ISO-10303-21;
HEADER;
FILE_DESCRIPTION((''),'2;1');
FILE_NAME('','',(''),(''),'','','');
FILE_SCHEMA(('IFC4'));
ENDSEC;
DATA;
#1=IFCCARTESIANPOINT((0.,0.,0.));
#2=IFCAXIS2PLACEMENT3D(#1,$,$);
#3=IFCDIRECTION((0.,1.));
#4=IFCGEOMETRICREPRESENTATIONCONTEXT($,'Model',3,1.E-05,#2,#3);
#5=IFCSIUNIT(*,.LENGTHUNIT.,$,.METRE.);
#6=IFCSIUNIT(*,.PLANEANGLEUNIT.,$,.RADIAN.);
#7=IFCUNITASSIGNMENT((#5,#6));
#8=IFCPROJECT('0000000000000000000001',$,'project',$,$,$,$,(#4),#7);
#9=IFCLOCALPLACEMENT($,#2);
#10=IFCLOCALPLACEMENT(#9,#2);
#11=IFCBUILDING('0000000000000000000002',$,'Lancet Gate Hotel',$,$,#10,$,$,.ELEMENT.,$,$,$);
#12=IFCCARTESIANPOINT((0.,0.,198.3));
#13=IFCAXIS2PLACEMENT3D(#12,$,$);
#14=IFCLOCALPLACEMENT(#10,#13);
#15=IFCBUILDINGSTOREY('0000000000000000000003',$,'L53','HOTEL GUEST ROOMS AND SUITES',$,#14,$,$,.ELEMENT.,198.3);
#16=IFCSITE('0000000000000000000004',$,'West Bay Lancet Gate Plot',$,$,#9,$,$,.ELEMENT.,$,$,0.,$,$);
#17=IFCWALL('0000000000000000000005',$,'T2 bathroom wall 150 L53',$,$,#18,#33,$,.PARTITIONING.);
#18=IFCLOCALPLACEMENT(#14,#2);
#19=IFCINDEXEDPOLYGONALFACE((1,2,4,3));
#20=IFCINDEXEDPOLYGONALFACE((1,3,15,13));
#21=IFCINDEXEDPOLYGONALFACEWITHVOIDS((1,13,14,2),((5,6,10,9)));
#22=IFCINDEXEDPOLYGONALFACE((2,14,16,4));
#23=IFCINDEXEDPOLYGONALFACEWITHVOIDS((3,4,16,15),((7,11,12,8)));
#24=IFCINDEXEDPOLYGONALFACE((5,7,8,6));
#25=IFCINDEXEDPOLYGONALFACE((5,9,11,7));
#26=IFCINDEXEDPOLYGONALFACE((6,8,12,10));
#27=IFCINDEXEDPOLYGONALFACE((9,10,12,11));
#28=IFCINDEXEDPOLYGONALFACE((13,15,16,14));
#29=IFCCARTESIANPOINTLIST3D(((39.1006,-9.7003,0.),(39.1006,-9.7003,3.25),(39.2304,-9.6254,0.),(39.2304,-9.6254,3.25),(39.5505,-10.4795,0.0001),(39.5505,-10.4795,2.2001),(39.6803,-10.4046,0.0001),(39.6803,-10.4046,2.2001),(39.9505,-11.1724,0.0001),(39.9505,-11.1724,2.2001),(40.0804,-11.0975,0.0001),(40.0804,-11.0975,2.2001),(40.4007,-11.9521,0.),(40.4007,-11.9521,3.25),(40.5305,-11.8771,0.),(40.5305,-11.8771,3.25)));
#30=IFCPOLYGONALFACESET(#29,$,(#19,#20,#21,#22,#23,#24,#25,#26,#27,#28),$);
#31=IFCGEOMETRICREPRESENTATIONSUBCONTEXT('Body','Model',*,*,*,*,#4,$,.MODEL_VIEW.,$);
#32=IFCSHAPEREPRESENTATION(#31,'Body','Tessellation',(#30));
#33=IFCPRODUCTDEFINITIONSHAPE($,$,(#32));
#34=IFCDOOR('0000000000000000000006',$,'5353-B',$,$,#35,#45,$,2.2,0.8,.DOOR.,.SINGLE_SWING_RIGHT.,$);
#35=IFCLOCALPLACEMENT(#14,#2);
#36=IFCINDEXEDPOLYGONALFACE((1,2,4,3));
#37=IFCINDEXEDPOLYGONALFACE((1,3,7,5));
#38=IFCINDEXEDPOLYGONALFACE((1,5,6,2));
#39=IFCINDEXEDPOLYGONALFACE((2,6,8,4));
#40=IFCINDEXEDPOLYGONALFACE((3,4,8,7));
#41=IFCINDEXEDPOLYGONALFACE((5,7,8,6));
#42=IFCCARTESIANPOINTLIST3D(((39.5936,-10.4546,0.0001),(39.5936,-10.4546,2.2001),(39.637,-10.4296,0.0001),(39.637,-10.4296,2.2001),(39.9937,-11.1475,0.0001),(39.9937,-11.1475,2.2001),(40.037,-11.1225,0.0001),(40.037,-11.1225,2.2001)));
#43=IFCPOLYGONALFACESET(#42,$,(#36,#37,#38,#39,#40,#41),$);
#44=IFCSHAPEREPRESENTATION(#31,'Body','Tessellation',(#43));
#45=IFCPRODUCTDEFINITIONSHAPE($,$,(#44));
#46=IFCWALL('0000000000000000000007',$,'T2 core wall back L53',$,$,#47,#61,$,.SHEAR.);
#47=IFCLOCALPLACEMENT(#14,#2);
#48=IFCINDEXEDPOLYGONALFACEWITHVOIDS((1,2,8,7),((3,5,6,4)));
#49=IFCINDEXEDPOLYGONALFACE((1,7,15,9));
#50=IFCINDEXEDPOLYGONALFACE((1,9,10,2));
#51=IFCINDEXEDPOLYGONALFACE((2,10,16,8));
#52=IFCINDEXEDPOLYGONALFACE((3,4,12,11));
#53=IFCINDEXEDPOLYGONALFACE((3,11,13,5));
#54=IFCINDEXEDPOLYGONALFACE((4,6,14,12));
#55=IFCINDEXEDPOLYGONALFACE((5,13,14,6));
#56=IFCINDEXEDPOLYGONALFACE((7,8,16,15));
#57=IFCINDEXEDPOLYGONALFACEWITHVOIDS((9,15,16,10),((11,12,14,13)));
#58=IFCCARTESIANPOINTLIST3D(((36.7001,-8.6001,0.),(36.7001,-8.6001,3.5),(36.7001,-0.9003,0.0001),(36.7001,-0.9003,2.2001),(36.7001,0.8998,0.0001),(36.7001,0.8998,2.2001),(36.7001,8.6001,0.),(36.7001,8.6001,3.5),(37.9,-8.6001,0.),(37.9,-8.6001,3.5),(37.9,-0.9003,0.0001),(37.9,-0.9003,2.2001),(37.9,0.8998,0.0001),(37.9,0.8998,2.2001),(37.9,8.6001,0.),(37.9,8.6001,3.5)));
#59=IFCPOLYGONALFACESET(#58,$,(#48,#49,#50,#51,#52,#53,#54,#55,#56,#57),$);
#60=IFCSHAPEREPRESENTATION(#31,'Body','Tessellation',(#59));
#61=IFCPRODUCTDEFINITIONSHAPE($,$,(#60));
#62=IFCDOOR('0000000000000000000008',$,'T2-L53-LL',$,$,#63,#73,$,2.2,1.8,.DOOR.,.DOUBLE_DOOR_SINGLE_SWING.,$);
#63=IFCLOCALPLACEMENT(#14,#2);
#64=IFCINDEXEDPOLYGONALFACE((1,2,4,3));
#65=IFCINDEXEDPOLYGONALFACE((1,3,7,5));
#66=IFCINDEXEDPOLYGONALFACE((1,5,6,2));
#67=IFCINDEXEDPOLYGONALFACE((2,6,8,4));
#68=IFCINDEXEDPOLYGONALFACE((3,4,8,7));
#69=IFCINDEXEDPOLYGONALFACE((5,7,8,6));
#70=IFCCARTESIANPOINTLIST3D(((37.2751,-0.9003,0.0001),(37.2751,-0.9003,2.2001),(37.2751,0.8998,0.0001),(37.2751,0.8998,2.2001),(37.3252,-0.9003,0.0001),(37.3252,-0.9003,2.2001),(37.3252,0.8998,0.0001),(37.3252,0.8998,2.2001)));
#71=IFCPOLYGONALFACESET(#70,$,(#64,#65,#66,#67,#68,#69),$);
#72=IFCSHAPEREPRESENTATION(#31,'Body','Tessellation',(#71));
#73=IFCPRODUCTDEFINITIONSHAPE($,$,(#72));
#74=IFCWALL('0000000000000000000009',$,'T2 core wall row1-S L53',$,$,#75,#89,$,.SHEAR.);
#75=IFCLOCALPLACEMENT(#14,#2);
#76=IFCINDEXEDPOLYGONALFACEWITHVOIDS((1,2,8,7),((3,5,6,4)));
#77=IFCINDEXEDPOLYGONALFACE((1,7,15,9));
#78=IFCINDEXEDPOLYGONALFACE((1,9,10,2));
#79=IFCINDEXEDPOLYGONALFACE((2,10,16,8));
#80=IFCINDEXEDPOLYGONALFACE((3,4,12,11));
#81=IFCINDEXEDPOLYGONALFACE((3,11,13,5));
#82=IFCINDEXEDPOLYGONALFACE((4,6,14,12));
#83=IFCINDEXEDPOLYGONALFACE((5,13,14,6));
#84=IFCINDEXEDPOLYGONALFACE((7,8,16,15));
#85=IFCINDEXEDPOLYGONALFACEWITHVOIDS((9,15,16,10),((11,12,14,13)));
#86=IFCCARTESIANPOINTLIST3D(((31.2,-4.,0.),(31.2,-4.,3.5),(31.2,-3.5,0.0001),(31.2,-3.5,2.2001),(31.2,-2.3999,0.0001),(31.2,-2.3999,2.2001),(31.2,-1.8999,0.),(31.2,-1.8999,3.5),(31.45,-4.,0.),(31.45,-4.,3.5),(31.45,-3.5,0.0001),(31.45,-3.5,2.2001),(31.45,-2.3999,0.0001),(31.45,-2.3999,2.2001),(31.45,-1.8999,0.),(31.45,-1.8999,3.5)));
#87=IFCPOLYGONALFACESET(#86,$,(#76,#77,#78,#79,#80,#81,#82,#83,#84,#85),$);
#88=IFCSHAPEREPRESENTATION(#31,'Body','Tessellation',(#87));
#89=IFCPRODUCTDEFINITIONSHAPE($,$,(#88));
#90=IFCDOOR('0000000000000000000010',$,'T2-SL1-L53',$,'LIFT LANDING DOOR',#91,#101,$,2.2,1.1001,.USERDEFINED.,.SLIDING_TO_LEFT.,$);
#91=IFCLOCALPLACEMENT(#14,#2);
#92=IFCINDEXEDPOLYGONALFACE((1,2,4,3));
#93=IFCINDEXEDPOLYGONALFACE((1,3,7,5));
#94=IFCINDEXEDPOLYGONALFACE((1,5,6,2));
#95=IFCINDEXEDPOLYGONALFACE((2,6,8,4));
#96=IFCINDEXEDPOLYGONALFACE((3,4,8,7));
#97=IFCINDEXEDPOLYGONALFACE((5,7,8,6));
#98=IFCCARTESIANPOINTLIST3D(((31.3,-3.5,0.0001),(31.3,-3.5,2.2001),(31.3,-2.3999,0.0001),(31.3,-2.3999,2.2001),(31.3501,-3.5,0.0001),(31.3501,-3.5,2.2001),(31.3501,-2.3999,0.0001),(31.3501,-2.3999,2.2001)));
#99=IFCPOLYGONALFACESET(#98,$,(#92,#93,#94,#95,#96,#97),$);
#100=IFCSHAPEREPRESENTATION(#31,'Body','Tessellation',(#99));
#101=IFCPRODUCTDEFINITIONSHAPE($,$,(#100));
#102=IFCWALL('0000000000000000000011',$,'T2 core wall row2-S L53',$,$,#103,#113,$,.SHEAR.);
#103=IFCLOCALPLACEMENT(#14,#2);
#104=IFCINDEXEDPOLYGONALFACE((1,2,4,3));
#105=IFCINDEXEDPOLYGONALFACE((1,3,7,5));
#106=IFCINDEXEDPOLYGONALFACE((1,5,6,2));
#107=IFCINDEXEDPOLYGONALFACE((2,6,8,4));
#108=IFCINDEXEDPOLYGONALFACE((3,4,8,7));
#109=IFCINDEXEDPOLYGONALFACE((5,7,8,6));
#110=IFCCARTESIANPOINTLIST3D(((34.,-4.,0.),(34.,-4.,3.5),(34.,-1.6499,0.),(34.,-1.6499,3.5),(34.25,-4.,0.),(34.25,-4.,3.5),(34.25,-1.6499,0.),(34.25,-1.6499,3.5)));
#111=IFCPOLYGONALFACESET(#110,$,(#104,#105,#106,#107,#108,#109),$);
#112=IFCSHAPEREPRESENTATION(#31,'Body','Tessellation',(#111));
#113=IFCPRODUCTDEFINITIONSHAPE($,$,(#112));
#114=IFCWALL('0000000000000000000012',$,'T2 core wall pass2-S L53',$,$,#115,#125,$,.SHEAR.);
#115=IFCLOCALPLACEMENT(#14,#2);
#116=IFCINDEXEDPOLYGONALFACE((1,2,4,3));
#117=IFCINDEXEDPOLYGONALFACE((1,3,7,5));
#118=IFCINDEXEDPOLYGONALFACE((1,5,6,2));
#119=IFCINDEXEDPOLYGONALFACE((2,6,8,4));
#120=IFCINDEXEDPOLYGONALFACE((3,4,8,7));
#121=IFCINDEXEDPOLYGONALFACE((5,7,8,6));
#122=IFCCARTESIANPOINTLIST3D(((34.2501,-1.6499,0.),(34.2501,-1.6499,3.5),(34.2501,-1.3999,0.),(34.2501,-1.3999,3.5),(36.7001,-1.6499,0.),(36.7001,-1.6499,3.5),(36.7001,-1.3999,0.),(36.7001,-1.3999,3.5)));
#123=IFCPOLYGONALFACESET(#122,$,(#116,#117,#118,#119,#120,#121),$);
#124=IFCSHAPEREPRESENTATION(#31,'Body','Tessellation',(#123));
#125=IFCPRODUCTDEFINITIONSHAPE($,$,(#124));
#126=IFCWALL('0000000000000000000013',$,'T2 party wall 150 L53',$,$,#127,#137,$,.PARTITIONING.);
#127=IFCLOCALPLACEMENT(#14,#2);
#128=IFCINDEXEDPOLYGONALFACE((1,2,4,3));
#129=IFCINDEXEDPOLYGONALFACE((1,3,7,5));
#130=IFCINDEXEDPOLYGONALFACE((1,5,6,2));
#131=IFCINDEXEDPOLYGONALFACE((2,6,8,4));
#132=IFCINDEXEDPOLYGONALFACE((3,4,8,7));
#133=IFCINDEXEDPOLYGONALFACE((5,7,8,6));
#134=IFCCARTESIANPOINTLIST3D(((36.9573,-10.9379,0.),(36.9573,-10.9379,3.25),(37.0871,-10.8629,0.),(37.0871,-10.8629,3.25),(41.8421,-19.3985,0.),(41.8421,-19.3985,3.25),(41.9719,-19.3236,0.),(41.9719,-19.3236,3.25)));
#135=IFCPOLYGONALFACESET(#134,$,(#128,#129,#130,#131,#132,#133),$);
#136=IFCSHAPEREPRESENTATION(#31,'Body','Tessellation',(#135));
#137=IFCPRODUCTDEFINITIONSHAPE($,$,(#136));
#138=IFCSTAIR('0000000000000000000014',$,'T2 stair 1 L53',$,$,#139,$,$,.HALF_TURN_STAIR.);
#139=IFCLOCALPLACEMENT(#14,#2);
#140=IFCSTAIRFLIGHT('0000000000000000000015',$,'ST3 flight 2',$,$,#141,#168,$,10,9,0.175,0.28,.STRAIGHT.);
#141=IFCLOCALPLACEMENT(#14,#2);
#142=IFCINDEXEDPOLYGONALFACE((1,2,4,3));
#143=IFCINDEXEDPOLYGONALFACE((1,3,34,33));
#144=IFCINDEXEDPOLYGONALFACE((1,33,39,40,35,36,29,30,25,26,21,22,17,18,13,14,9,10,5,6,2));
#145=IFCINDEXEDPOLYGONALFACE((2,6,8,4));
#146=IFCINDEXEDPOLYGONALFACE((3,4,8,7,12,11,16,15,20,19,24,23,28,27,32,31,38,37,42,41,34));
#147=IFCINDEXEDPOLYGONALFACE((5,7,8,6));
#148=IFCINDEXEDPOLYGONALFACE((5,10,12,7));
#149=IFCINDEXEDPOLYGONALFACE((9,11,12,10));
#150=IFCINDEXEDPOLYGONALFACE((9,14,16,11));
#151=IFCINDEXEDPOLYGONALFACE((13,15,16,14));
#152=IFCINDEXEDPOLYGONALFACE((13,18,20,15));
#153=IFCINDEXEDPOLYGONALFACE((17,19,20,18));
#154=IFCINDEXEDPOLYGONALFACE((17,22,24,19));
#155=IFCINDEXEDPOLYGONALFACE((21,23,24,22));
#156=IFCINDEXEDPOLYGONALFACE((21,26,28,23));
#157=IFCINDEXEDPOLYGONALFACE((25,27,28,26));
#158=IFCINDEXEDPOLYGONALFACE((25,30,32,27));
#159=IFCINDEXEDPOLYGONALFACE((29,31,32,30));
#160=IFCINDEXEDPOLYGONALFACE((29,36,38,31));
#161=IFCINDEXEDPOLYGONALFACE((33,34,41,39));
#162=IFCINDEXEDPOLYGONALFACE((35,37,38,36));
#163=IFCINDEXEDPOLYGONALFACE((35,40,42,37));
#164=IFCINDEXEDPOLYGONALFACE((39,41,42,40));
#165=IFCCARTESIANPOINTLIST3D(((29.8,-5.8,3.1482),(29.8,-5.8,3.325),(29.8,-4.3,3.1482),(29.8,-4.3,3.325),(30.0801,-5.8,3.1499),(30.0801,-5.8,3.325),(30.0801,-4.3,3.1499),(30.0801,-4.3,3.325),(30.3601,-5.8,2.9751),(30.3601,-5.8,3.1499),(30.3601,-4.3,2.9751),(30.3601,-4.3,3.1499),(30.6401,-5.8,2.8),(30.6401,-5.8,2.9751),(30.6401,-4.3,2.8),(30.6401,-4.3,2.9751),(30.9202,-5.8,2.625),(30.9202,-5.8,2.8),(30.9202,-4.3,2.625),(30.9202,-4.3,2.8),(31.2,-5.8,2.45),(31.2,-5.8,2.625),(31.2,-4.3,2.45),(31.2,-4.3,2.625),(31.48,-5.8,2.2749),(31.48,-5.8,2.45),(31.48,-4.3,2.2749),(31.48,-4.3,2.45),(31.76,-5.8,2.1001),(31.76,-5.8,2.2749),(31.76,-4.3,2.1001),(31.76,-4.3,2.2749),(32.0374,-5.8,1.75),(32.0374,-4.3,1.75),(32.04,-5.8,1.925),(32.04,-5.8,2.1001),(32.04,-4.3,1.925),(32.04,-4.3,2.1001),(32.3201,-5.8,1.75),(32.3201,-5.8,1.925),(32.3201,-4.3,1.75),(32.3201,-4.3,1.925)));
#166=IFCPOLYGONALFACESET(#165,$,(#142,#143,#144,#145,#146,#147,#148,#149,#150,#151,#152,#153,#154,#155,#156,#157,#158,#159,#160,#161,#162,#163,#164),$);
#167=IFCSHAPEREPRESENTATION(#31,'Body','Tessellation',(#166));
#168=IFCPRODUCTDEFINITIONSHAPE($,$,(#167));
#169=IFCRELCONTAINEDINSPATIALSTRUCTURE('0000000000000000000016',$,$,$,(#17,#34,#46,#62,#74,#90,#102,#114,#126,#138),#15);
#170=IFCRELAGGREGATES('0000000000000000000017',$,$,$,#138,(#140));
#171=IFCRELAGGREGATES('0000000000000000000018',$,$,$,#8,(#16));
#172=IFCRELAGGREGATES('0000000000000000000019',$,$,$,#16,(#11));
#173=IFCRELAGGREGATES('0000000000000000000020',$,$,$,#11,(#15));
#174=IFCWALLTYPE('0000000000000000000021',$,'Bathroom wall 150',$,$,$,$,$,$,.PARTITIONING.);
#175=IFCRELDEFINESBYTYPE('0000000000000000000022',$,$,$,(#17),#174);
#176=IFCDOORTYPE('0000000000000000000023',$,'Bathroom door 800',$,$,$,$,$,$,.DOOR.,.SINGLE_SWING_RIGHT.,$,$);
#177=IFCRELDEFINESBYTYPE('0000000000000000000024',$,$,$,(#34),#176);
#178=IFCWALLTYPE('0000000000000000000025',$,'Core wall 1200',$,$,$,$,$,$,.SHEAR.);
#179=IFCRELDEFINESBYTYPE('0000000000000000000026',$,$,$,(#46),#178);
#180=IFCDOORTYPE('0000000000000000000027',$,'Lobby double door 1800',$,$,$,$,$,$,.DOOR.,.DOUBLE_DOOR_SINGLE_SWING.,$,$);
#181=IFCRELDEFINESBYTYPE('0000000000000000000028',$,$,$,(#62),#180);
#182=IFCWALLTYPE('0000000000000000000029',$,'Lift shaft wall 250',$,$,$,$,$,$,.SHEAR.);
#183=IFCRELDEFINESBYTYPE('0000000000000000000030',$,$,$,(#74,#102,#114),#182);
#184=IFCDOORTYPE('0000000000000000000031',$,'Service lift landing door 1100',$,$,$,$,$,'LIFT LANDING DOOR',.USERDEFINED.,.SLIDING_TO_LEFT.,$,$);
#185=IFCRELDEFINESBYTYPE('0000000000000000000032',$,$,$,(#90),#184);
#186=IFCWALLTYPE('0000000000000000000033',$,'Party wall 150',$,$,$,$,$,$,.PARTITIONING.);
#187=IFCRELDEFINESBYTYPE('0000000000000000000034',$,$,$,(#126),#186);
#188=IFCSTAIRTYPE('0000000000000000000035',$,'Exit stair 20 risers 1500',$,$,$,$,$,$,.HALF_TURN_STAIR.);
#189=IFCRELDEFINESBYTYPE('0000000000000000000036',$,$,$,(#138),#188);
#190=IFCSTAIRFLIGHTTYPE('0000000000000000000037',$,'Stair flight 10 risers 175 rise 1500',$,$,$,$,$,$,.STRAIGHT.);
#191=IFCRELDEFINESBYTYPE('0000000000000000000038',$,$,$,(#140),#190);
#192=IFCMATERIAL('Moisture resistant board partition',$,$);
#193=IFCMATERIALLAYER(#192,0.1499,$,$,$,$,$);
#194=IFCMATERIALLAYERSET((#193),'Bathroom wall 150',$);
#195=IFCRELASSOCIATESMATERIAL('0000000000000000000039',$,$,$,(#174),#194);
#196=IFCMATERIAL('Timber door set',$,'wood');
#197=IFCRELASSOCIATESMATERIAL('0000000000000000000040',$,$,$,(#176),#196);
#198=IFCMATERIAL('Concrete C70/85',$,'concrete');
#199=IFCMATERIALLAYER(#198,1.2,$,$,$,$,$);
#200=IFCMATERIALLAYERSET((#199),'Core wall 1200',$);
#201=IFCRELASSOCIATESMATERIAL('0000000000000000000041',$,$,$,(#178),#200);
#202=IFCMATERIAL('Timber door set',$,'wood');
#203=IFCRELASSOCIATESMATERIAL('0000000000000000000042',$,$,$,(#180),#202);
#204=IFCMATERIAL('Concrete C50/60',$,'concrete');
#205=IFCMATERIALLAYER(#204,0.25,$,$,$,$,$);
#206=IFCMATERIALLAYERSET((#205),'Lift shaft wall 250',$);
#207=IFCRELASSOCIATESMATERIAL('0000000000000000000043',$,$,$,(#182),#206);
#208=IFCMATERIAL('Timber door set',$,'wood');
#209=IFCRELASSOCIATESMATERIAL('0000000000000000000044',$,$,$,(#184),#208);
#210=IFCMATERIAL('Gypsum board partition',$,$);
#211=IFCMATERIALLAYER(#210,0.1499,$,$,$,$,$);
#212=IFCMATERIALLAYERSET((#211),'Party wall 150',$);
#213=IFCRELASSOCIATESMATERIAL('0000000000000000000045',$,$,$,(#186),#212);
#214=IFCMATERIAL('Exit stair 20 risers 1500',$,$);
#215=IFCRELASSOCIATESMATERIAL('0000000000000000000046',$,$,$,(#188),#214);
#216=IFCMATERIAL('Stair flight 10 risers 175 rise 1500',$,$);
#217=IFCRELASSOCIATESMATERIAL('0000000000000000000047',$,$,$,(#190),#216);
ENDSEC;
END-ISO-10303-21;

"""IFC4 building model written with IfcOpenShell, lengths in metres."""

from ifc_helpers import new_model, si_unit, direction, frame, frame_2d, origin, place, context, subcontext, project, spatial, polyline, rectangle, outline, extrude, material, layer, layer_set, type_object, element, fill, aggregate, save


model = new_model("IFC4")

# Units and contexts
model_context = context("Model", 3, precision=1e-05, world=origin(), true_north=direction((0.0, 1.0)))
body_context = subcontext(model_context, "Body", "Model", "MODEL_VIEW")
ifc_project = project(units=[si_unit("LENGTHUNIT", "METRE"), si_unit("PLANEANGLEUNIT", "RADIAN")], contexts=[model_context])

# Site, building, storey
site_placement = place(None, origin())
site = spatial("IfcSite", under=ifc_project, at=site_placement, Name="West Bay Lancet Gate Plot", CompositionType="ELEMENT", RefElevation=0.0)
building_placement = place(site_placement, origin())
building = spatial("IfcBuilding", under=site, at=building_placement, Name="Lancet Gate Hotel", CompositionType="ELEMENT")
storey_placement = place(building_placement, frame((0.0, 0.0, 198.3)))
storey = spatial("IfcBuildingStorey", under=building, at=storey_placement, Name="L53", Description="HOTEL GUEST ROOMS AND SUITES", CompositionType="ELEMENT", Elevation=198.3)

# Shared definitions
ifc_material_1 = material(Name="Moisture resistant board partition")
ifc_layer_1 = layer(ifc_material_1, 0.1499)
ifc_layer_set_1 = layer_set([ifc_layer_1], Name="Bathroom wall 150")
wall_type_1 = type_object("IfcWallType", Name="Bathroom wall 150", PredefinedType="PARTITIONING", material=ifc_layer_set_1)

# Shared definitions
ifc_material_2 = material(Name="Timber door set", Category="wood")
door_type_1 = type_object("IfcDoorType", Name="Bathroom door 800", OperationType="SINGLE_SWING_RIGHT", PredefinedType="DOOR", material=ifc_material_2)

# Walls, openings, doors
wall_1_placement = place(storey_placement, frame((39.1655, -9.6628, 0.0), z_axis=(0.0, 0.0, 1.0), x_axis=(0.500007, -0.866021, 0.0)))
wall_1 = element("IfcWall", 1, at=wall_1_placement, inside=storey, type_object=wall_type_1, Name="T2 bathroom wall 150 L53", PredefinedType="PARTITIONING", context=body_context, shape_type="SweptSolid", body=[
    extrude(rectangle(XDim=2.6001, YDim=0.1499, at=frame_2d((1.3, 0.0))), origin(), (0.0, 0.0, 1.0), 3.25),
])
opening_1_placement = place(wall_1_placement, frame((0.8999, 0.0, 0.0)))
opening_1 = element("IfcOpeningElement", 2, at=opening_1_placement, cuts=wall_1, PredefinedType="OPENING", context=body_context, shape_type="SweptSolid", body=[
    extrude(rectangle(XDim=0.8, YDim=2.2, at=frame_2d((0.3999, 1.1001))), frame((0.0, 0.085, 0.0), z_axis=(0.0, -1.0, 0.0), x_axis=(1.0, 0.0, 0.0)), (0.0, 0.0, 1.0), 0.1699),
])
door_1_placement = place(opening_1_placement, origin())
door_1 = element("IfcDoor", 3, at=door_1_placement, inside=storey, type_object=door_type_1, Name="5353-B", OperationType="SINGLE_SWING_RIGHT", OverallHeight=2.2, OverallWidth=0.8, PredefinedType="DOOR", context=body_context, shape_type="SweptSolid", body=[
    extrude(rectangle(XDim=0.8, YDim=2.2, at=frame_2d((0.3999, 1.1001))), frame((0.0, 0.0249, 0.0), z_axis=(0.0, -1.0, 0.0), x_axis=(1.0, 0.0, 0.0)), (0.0, 0.0, 1.0), 0.05),
])
fill(opening_1, door_1)
ifc_material_3 = material(Name="Concrete C70/85", Category="concrete")
ifc_layer_2 = layer(ifc_material_3, 1.2)
ifc_layer_set_2 = layer_set([ifc_layer_2], Name="Core wall 1200")
wall_type_2 = type_object("IfcWallType", Name="Core wall 1200", PredefinedType="SHEAR", material=ifc_layer_set_2)
wall_2_placement = place(storey_placement, frame((37.3, -8.6001, 0.0), z_axis=(0.0, 0.0, 1.0), x_axis=(0.0, 1.0, 0.0)))
wall_2 = element("IfcWall", 4, at=wall_2_placement, inside=storey, type_object=wall_type_2, Name="T2 core wall back L53", PredefinedType="SHEAR", context=body_context, shape_type="SweptSolid", body=[
    extrude(rectangle(XDim=17.2002, YDim=1.2, at=frame_2d((8.6001, 0.0))), origin(), (0.0, 0.0, 1.0), 3.5),
])
opening_2_placement = place(wall_2_placement, frame((7.7, 0.0, 0.0)))
opening_2 = element("IfcOpeningElement", 5, at=opening_2_placement, cuts=wall_2, PredefinedType="OPENING", context=body_context, shape_type="SweptSolid", body=[
    extrude(rectangle(XDim=1.8, YDim=2.2, at=frame_2d((0.8999, 1.1001))), frame((0.0, 0.6099, 0.0), z_axis=(0.0, -1.0, 0.0), x_axis=(1.0, 0.0, 0.0)), (0.0, 0.0, 1.0), 1.22),
])
ifc_material_4 = material(Name="Timber door set", Category="wood")
door_type_2 = type_object("IfcDoorType", Name="Lobby double door 1800", OperationType="DOUBLE_DOOR_SINGLE_SWING", PredefinedType="DOOR", material=ifc_material_4)
door_2_placement = place(opening_2_placement, origin())
door_2 = element("IfcDoor", 6, at=door_2_placement, inside=storey, type_object=door_type_2, Name="T2-L53-LL", OperationType="DOUBLE_DOOR_SINGLE_SWING", OverallHeight=2.2, OverallWidth=1.8, PredefinedType="DOOR", context=body_context, shape_type="SweptSolid", body=[
    extrude(rectangle(XDim=1.8, YDim=2.2, at=frame_2d((0.8999, 1.1001))), frame((0.0, 0.0249, 0.0), z_axis=(0.0, -1.0, 0.0), x_axis=(1.0, 0.0, 0.0)), (0.0, 0.0, 1.0), 0.05),
])
fill(opening_2, door_2)
ifc_material_5 = material(Name="Concrete C50/60", Category="concrete")
ifc_layer_3 = layer(ifc_material_5, 0.25)
ifc_layer_set_3 = layer_set([ifc_layer_3], Name="Lift shaft wall 250")
wall_type_3 = type_object("IfcWallType", Name="Lift shaft wall 250", PredefinedType="SHEAR", material=ifc_layer_set_3)
wall_3_placement = place(storey_placement, frame((31.325, -4.0, 0.0), z_axis=(0.0, 0.0, 1.0), x_axis=(0.0, 1.0, 0.0)))
wall_3 = element("IfcWall", 7, at=wall_3_placement, inside=storey, type_object=wall_type_3, Name="T2 core wall row1-S L53", PredefinedType="SHEAR", context=body_context, shape_type="SweptSolid", body=[
    extrude(rectangle(XDim=2.1001, YDim=0.25, at=frame_2d((1.05, 0.0))), origin(), (0.0, 0.0, 1.0), 3.5),
])
opening_3_placement = place(wall_3_placement, frame((0.5, 0.0, 0.0)))
opening_3 = element("IfcOpeningElement", 8, at=opening_3_placement, cuts=wall_3, PredefinedType="OPENING", context=body_context, shape_type="SweptSolid", body=[
    extrude(rectangle(XDim=1.1001, YDim=2.2, at=frame_2d((0.55, 1.1001))), frame((0.0, 0.135, 0.0), z_axis=(0.0, -1.0, 0.0), x_axis=(1.0, 0.0, 0.0)), (0.0, 0.0, 1.0), 0.27),
])
ifc_material_6 = material(Name="Timber door set", Category="wood")
door_type_3 = type_object("IfcDoorType", Name="Service lift landing door 1100", ElementType="LIFT LANDING DOOR", OperationType="SLIDING_TO_LEFT", PredefinedType="USERDEFINED", material=ifc_material_6)
door_3_placement = place(opening_3_placement, origin())
door_3 = element("IfcDoor", 9, at=door_3_placement, inside=storey, type_object=door_type_3, Name="T2-SL1-L53", ObjectType="LIFT LANDING DOOR", OperationType="SLIDING_TO_LEFT", OverallHeight=2.2, OverallWidth=1.1001, PredefinedType="USERDEFINED", context=body_context, shape_type="SweptSolid", body=[
    extrude(rectangle(XDim=1.1001, YDim=2.2, at=frame_2d((0.55, 1.1001))), frame((0.0, 0.0249, 0.0), z_axis=(0.0, -1.0, 0.0), x_axis=(1.0, 0.0, 0.0)), (0.0, 0.0, 1.0), 0.05),
])
fill(opening_3, door_3)

# Walls
wall_4_placement = place(storey_placement, frame((34.125, -4.0, 0.0), z_axis=(0.0, 0.0, 1.0), x_axis=(0.0, 1.0, 0.0)))
element("IfcWall", 10, at=wall_4_placement, inside=storey, type_object=wall_type_3, Name="T2 core wall row2-S L53", PredefinedType="SHEAR", context=body_context, shape_type="SweptSolid", body=[
    extrude(rectangle(XDim=2.3501, YDim=0.25, at=frame_2d((1.175, 0.0))), origin(), (0.0, 0.0, 1.0), 3.5),
])
wall_5_placement = place(storey_placement, frame((34.25, -1.5249, 0.0), z_axis=(0.0, 0.0, 1.0), x_axis=(1.0, 0.0, 0.0)))
element("IfcWall", 11, at=wall_5_placement, inside=storey, type_object=wall_type_3, Name="T2 core wall pass2-S L53", PredefinedType="SHEAR", context=body_context, shape_type="SweptSolid", body=[
    extrude(rectangle(XDim=2.45, YDim=0.25, at=frame_2d((1.2251, 0.0))), origin(), (0.0, 0.0, 1.0), 3.5),
])
ifc_material_7 = material(Name="Gypsum board partition")
ifc_layer_4 = layer(ifc_material_7, 0.1499)
ifc_layer_set_4 = layer_set([ifc_layer_4], Name="Party wall 150")
wall_type_4 = type_object("IfcWallType", Name="Party wall 150", PredefinedType="PARTITIONING", material=ifc_layer_set_4)
wall_6_placement = place(storey_placement, frame((37.0222, -10.9004, 0.0), z_axis=(0.0, 0.0, 1.0), x_axis=(0.499999, -0.866026, 0.0)))
element("IfcWall", 12, at=wall_6_placement, inside=storey, type_object=wall_type_4, Name="T2 party wall 150 L53", PredefinedType="PARTITIONING", context=body_context, shape_type="SweptSolid", body=[
    extrude(rectangle(XDim=9.7695, YDim=0.1499, at=frame_2d((4.8848, 0.0))), origin(), (0.0, 0.0, 1.0), 3.25),
])

# Stair, stair flight
ifc_material_8 = material(Name="Exit stair 20 risers 1500")
stair_type = type_object("IfcStairType", Name="Exit stair 20 risers 1500", PredefinedType="HALF_TURN_STAIR", material=ifc_material_8)
stair_placement = place(storey_placement, origin())
stair = element("IfcStair", 13, at=stair_placement, inside=storey, type_object=stair_type, Name="T2 stair 1 L53", PredefinedType="HALF_TURN_STAIR")
ifc_material_9 = material(Name="Stair flight 10 risers 175 rise 1500")
stair_flight_type = type_object("IfcStairFlightType", Name="Stair flight 10 risers 175 rise 1500", PredefinedType="STRAIGHT", material=ifc_material_9)
stair_flight_placement = place(storey_placement, frame((32.3201, -5.05, 1.75), z_axis=(0.0, 0.0, 1.0), x_axis=(-1.0, 0.0, 0.0)))
stair_flight = element("IfcStairFlight", 14, at=stair_flight_placement, type_object=stair_flight_type, Name="ST3 flight 2", NumberOfRisers=10, NumberOfTreads=9, PredefinedType="STRAIGHT", RiserHeight=0.175, TreadLength=0.28, context=body_context, shape_type="SweptSolid", body=[
    extrude(outline(polyline([(0.0, 0.0), (0.0, 0.175), (0.28, 0.175), (0.28, 0.3501), (0.5601, 0.3501), (0.5601, 0.5249), (0.8401, 0.5249), (0.8401, 0.7), (1.1201, 0.7), (1.1201, 0.875), (1.3999, 0.875), (1.3999, 1.05), (1.6799, 1.05), (1.6799, 1.2251), (1.96, 1.2251), (1.96, 1.3999), (2.24, 1.3999), (2.24, 1.575), (2.52, 1.575), (2.52, 1.75), (2.52, 1.3982), (0.2827, 0.0), (0.0, 0.0)])), frame((0.0, 0.75, 0.0), z_axis=(0.0, -1.0, 0.0), x_axis=(1.0, 0.0, 0.0)), (0.0, 0.0, 1.0), 1.5),
])
aggregate(stair, [stair_flight])

save(model, "model.ifc")
